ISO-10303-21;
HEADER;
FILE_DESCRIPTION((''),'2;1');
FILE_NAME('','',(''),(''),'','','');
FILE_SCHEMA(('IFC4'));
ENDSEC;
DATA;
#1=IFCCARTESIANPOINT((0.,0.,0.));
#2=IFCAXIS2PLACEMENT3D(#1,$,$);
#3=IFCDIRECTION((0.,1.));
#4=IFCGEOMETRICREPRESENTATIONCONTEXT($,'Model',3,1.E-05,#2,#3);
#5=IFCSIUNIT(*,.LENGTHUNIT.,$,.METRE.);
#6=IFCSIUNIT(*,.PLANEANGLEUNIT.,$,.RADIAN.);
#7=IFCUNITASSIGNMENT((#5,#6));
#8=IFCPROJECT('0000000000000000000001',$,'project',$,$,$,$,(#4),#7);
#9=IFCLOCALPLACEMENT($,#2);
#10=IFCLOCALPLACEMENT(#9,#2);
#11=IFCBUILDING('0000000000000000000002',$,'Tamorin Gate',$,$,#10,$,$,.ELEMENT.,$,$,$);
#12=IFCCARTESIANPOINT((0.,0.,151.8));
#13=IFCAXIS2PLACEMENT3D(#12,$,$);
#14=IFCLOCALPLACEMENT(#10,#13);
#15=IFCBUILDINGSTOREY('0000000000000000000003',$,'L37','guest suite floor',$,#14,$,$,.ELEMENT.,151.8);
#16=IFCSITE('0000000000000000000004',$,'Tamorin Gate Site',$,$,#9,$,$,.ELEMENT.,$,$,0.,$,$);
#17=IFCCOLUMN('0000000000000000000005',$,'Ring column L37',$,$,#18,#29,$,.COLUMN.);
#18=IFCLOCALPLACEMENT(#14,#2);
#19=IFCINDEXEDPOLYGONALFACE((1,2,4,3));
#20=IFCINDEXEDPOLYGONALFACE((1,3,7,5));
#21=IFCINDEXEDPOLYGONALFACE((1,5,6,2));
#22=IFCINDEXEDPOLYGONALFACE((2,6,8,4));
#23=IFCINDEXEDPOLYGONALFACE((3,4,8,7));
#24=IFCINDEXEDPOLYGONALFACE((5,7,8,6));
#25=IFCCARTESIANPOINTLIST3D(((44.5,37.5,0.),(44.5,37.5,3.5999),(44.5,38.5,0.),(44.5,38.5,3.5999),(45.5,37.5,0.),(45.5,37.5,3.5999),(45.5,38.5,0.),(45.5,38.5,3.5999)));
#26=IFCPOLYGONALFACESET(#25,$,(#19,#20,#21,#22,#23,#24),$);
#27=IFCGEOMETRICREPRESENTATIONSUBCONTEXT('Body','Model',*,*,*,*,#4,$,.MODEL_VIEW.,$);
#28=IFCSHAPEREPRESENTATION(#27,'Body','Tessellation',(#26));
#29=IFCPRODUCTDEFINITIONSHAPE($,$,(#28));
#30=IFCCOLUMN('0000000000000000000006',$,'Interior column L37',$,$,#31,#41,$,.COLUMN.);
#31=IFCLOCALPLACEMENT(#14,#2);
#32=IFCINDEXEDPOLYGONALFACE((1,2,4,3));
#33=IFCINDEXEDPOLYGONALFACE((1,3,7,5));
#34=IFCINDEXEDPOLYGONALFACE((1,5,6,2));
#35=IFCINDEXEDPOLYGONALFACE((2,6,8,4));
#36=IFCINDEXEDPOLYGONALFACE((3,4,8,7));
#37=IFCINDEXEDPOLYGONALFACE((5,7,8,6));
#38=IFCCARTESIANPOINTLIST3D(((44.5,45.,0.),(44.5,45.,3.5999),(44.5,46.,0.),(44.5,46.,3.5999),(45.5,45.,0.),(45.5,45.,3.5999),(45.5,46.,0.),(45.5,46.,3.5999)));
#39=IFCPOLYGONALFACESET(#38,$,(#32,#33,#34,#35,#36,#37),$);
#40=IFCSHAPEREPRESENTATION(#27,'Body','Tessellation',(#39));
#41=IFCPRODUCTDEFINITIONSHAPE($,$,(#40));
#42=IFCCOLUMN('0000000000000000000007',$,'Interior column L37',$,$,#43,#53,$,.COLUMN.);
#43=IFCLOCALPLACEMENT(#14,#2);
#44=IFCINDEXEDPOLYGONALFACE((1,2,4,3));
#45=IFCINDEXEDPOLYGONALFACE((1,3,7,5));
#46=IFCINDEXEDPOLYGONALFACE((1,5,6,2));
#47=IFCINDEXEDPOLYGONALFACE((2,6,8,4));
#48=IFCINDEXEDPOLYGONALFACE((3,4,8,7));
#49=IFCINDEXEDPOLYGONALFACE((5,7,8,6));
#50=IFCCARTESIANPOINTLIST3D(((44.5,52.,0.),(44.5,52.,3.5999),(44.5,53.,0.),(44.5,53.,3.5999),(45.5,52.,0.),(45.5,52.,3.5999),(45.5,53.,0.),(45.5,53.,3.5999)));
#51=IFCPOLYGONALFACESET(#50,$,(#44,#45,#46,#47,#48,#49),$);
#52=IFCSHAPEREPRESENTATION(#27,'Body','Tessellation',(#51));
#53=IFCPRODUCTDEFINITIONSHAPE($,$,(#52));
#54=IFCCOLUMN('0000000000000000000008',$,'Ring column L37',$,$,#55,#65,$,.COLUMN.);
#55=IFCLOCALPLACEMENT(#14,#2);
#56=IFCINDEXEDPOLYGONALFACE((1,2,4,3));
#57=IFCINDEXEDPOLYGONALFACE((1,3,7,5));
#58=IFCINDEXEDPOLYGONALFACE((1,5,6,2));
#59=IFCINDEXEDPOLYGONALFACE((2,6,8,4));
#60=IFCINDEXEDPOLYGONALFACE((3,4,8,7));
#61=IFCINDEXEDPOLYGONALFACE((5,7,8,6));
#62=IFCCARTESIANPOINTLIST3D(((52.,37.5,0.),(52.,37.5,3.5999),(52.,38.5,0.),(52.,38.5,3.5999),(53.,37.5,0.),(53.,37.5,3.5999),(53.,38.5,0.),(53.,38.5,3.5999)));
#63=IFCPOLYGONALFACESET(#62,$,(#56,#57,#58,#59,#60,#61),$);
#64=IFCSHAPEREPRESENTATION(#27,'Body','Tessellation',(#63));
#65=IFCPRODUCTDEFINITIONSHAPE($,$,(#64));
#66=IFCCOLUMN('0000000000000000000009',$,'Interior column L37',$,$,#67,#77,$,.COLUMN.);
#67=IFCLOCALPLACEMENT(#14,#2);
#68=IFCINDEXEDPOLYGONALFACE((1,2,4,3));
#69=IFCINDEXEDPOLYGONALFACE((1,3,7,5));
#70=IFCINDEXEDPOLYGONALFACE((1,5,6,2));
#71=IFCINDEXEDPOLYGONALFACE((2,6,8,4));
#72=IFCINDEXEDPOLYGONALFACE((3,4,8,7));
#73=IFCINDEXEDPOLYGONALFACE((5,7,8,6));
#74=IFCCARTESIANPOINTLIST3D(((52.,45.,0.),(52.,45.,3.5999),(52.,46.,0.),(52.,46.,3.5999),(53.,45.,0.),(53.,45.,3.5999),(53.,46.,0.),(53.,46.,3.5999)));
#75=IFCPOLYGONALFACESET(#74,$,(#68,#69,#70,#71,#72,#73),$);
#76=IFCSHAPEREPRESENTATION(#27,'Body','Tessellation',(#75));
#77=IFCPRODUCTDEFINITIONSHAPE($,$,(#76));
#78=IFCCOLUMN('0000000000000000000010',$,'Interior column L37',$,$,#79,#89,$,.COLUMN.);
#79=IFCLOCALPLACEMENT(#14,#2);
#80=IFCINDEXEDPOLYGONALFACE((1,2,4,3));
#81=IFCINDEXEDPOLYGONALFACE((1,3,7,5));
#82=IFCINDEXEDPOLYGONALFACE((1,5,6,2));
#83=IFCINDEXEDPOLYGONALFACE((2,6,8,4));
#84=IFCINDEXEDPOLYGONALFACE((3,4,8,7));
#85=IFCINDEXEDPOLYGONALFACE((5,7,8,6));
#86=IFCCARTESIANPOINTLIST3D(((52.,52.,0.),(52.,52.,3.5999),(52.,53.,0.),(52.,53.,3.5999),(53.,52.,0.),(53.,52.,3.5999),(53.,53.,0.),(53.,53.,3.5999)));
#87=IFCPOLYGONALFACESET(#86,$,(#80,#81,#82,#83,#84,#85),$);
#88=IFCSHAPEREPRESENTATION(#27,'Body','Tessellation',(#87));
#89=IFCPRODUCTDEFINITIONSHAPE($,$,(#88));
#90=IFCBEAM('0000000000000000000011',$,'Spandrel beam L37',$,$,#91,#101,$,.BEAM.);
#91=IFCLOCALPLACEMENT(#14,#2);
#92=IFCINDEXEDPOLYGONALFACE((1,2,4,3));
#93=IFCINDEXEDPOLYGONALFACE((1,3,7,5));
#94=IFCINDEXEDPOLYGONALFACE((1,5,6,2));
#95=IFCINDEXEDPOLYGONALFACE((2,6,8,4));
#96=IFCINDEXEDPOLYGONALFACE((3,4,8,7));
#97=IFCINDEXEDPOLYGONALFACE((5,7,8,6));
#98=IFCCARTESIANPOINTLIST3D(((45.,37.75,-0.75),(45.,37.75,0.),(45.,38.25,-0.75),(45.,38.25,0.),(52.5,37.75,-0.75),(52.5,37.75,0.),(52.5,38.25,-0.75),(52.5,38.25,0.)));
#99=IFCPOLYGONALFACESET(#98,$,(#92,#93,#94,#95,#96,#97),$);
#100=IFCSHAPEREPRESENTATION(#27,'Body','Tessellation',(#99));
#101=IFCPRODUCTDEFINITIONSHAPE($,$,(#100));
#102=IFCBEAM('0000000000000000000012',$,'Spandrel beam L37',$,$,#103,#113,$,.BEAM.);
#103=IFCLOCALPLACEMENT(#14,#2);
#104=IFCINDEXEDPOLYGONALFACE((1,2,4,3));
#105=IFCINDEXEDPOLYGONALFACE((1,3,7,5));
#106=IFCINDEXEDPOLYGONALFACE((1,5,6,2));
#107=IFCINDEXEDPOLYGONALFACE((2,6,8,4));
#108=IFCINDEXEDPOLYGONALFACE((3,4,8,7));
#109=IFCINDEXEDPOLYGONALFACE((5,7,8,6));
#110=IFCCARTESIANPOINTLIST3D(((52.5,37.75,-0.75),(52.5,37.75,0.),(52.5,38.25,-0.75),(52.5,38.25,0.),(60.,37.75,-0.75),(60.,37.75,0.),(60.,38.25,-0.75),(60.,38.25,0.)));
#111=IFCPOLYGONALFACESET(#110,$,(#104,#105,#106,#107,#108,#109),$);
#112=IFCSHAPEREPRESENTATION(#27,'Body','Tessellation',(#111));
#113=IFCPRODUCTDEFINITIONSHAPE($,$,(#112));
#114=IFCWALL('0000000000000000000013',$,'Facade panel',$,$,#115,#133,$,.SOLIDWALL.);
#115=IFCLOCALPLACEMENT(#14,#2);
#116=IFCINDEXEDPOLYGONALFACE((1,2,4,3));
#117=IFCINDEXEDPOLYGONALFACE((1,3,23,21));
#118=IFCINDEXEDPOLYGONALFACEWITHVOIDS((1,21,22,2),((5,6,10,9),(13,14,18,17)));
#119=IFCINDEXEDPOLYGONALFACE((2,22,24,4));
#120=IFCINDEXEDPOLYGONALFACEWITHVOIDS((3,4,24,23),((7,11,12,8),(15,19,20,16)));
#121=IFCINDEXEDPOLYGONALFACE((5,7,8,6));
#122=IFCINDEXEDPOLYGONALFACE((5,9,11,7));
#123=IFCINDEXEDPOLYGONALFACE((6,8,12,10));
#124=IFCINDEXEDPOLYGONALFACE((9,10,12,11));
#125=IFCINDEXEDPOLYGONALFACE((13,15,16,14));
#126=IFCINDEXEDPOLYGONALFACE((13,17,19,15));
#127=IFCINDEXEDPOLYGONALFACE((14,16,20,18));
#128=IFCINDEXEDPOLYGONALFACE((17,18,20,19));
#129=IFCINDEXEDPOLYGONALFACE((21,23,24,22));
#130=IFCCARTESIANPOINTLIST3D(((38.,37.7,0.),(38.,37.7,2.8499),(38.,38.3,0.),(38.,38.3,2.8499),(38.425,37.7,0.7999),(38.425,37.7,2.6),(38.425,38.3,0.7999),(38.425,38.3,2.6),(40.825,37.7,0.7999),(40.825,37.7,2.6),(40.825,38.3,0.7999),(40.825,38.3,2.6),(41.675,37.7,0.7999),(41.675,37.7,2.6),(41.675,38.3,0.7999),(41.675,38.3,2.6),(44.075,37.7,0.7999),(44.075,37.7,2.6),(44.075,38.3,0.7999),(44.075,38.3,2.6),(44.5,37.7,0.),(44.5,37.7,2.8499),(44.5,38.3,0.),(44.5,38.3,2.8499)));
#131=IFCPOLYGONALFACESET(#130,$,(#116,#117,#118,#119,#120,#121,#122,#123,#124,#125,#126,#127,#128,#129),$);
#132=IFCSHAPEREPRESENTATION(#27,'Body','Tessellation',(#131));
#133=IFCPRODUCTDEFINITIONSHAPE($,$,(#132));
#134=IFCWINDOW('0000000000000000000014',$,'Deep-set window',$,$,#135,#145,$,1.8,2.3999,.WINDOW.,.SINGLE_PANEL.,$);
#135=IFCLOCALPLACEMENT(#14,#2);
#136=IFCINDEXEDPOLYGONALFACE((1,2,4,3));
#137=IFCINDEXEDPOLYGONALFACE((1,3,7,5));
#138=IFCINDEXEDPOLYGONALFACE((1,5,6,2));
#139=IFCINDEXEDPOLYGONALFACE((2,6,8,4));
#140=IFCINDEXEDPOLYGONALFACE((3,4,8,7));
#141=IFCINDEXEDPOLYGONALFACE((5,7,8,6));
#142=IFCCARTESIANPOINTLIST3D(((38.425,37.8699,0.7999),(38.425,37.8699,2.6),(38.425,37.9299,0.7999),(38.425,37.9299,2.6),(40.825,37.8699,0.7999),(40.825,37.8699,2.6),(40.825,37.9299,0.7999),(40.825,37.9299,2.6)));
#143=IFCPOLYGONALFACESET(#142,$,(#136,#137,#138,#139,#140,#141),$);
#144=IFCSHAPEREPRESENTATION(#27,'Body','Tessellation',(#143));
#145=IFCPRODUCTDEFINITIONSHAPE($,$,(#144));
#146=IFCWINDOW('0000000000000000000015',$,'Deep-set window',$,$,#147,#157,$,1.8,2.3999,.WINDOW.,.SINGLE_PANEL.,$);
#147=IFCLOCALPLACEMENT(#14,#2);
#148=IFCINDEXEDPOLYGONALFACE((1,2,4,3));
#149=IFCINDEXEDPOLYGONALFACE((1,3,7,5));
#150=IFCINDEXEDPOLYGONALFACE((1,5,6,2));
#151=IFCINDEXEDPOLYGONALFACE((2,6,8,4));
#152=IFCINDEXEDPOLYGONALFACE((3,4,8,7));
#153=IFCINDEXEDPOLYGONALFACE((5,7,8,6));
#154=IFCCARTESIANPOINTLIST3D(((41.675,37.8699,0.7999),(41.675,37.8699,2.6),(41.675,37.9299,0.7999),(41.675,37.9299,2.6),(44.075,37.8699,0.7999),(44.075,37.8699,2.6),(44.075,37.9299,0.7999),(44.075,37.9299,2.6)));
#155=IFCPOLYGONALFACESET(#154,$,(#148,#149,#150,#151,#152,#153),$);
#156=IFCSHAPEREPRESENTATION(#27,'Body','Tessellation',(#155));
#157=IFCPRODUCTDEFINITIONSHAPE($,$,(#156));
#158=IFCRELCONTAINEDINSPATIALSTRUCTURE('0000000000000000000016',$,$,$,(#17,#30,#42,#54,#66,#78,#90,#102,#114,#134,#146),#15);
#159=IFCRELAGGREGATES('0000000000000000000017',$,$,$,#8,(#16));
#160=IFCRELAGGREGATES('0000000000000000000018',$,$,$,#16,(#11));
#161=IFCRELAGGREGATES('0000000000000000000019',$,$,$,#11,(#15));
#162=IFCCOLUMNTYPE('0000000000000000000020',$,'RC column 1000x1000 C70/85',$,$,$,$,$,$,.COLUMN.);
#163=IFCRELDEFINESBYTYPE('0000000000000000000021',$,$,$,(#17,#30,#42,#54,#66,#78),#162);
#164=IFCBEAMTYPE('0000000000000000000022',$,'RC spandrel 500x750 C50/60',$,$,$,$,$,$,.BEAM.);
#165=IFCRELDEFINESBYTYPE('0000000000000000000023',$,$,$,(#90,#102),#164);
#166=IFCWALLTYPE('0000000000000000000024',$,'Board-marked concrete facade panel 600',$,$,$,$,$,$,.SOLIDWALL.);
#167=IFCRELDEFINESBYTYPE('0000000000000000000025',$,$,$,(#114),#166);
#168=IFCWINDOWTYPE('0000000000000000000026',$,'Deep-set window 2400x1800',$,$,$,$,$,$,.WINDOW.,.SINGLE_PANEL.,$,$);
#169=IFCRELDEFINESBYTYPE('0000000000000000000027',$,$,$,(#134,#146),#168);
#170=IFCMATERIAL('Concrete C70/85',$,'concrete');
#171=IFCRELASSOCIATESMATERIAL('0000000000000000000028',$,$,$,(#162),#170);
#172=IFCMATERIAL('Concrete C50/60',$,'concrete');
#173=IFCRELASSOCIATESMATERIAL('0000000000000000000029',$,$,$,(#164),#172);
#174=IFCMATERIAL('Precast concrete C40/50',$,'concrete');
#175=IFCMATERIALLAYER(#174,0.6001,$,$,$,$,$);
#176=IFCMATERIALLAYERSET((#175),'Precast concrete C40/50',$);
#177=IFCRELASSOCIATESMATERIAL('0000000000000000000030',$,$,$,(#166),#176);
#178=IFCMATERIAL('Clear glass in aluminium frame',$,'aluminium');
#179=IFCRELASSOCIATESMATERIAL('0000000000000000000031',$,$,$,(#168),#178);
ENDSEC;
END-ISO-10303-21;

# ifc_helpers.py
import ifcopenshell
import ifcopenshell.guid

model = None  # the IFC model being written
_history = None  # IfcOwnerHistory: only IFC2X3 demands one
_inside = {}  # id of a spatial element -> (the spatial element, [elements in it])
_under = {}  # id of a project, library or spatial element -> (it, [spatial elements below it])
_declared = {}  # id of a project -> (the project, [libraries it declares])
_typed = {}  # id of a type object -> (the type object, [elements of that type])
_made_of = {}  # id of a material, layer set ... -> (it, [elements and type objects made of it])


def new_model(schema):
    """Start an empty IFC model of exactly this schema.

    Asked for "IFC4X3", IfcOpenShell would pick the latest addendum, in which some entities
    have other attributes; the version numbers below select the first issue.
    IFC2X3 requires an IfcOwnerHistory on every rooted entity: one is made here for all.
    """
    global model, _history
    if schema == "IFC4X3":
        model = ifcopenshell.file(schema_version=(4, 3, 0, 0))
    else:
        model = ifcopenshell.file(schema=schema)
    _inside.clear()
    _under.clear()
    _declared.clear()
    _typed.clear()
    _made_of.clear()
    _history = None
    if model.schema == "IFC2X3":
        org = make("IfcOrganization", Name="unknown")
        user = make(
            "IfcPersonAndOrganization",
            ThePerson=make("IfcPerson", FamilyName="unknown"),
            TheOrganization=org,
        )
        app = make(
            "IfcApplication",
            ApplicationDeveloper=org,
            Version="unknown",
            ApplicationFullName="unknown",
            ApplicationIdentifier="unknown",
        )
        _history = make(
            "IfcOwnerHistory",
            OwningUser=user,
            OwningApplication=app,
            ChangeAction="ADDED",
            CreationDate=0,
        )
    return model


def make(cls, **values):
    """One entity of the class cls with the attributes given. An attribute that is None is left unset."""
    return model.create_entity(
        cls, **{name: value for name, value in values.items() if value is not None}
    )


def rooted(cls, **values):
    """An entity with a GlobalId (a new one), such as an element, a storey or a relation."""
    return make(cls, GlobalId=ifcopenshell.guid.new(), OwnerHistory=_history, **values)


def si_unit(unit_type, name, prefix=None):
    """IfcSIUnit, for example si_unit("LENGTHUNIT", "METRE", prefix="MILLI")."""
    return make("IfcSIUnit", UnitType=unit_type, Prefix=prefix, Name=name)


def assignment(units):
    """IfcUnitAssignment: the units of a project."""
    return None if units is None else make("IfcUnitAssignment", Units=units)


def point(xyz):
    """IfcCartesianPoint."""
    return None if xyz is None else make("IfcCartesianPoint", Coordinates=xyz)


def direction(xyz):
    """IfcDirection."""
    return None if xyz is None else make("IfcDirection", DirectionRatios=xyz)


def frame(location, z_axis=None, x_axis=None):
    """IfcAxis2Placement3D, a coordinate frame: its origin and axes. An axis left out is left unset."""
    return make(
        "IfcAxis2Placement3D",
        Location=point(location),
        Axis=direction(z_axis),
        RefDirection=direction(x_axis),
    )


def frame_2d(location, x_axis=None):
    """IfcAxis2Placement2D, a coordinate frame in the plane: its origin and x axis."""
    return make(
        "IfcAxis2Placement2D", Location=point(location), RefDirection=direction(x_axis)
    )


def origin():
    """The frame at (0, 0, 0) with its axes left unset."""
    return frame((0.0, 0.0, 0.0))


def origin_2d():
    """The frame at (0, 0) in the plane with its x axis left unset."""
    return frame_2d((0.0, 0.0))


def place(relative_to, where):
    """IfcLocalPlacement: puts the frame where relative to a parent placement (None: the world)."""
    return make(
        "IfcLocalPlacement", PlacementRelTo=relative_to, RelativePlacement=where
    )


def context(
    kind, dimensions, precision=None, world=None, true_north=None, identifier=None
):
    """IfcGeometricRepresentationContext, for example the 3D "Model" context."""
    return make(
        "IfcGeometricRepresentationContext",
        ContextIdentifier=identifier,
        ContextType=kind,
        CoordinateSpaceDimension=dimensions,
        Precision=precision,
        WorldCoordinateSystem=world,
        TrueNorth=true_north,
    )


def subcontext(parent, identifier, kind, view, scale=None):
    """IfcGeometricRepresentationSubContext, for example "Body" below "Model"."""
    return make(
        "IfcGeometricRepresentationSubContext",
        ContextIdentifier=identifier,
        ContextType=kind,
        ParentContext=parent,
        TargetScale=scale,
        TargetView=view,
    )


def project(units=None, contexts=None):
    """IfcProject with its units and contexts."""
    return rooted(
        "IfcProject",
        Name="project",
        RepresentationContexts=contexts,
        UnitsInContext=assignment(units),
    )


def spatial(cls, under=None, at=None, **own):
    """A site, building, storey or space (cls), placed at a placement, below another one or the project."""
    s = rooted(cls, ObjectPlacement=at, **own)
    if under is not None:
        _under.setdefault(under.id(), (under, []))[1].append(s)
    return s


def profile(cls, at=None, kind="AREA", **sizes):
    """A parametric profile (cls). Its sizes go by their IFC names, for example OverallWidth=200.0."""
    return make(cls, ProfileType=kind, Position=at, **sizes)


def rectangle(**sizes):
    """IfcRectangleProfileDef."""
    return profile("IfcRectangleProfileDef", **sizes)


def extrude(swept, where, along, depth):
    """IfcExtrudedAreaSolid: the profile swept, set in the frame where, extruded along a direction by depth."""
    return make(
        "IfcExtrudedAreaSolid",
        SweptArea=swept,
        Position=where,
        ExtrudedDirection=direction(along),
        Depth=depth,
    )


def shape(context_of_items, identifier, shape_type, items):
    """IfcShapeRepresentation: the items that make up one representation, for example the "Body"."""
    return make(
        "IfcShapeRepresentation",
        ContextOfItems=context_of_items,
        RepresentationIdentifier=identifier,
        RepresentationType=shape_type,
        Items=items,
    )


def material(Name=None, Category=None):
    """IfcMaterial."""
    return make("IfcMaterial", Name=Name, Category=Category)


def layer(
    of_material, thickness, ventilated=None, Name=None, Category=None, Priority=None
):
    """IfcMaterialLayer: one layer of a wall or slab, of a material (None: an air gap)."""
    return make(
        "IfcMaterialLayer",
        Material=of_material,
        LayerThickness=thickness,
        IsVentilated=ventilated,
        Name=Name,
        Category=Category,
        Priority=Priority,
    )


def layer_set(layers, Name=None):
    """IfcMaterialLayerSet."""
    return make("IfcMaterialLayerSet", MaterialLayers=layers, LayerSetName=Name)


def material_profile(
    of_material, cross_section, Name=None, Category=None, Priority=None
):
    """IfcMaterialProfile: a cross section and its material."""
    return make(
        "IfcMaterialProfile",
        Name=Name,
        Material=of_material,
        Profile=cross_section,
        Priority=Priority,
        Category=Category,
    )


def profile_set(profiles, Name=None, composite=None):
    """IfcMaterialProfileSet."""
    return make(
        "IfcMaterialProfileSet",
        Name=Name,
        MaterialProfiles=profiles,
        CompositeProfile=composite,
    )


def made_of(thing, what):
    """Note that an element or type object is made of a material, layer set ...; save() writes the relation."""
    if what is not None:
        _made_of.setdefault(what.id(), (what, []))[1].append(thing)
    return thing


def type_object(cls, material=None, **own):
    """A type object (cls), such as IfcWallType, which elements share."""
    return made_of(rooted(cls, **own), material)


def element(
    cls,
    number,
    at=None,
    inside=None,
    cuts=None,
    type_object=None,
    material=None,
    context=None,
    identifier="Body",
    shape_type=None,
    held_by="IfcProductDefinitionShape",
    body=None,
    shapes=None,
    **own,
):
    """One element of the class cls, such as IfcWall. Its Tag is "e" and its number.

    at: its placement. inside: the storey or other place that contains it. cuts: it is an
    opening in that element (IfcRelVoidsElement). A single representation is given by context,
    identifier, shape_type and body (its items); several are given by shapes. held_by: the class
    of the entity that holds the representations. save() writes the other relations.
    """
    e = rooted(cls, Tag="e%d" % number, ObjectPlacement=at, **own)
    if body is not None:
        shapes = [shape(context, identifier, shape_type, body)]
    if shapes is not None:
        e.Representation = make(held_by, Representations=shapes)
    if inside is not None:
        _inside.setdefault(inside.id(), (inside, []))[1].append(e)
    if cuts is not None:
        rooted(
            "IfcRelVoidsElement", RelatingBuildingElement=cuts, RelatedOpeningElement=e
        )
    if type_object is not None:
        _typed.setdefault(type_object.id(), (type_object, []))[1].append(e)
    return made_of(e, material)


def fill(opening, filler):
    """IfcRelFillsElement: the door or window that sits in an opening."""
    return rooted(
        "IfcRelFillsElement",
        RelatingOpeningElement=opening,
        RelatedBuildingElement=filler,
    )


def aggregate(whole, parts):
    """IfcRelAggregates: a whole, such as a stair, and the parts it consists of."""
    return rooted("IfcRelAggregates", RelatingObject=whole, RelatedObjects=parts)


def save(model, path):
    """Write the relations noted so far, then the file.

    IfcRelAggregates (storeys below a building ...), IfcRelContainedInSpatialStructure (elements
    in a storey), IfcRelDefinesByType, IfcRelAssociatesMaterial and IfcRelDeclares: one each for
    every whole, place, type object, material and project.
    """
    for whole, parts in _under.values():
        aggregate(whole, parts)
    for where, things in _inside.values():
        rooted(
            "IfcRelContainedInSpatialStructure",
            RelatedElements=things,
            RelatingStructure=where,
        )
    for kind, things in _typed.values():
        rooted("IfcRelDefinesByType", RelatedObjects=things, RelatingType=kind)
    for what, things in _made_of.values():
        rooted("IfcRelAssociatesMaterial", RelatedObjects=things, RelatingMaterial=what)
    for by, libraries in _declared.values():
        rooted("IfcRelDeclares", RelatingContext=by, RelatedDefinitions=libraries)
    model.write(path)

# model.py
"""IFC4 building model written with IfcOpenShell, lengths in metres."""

from ifc_helpers import new_model, si_unit, direction, frame, frame_2d, origin, origin_2d, place, context, subcontext, project, spatial, rectangle, extrude, material, layer, layer_set, material_profile, profile_set, type_object, element, fill, save


model = new_model("IFC4")

# Units and contexts
model_context = context("Model", 3, precision=1e-05, world=origin(), true_north=direction((0.0, 1.0)))
body_context = subcontext(model_context, "Body", "Model", "MODEL_VIEW")
ifc_project = project(units=[si_unit("LENGTHUNIT", "METRE"), si_unit("PLANEANGLEUNIT", "RADIAN")], contexts=[model_context])

# Site, building, storey
site_placement = place(None, origin())
site = spatial("IfcSite", under=ifc_project, at=site_placement, Name="Tamorin Gate Site", CompositionType="ELEMENT", RefElevation=0.0)
building_placement = place(site_placement, origin())
building = spatial("IfcBuilding", under=site, at=building_placement, Name="Tamorin Gate", CompositionType="ELEMENT")
storey_placement = place(building_placement, frame((0.0, 0.0, 151.8)))
storey = spatial("IfcBuildingStorey", under=building, at=storey_placement, Name="L37", Description="guest suite floor", CompositionType="ELEMENT", Elevation=151.8)

# Columns
ifc_material_1 = material(Name="Concrete C70/85", Category="concrete")
ifc_material_profile_1 = material_profile(ifc_material_1, rectangle(XDim=1.0, YDim=1.0, at=origin_2d()), Name="RC 1000x1000")
ifc_profile_set_1 = profile_set([ifc_material_profile_1], Name="Concrete C70/85")
column_type = type_object("IfcColumnType", Name="RC column 1000x1000 C70/85", PredefinedType="COLUMN", material=ifc_profile_set_1)
for number, where, z_axis, x_axis, name in (
    (1, (45.0, 38.0, 0.0), (0.0, 0.0, 1.0), (1.0, 0.0, 0.0), "Ring column L37"),
    (2, (45.0, 45.5, 0.0), (0.0, 0.0, 1.0), (1.0, 0.0, 0.0), "Interior column L37"),
    (3, (45.0, 52.5, 0.0), (0.0, 0.0, 1.0), (1.0, 0.0, 0.0), "Interior column L37"),
    (4, (52.5, 38.0, 0.0), (0.0, 0.0, 1.0), (1.0, 0.0, 0.0), "Ring column L37"),
    (5, (52.5, 45.5, 0.0), (0.0, 0.0, 1.0), (1.0, 0.0, 0.0), "Interior column L37"),
    (6, (52.5, 52.5, 0.0), (0.0, 0.0, 1.0), (1.0, 0.0, 0.0), "Interior column L37"),
):
    element("IfcColumn", number, at=place(storey_placement, frame(where, z_axis=z_axis, x_axis=x_axis)), inside=storey, type_object=column_type, Name=name, PredefinedType="COLUMN", context=body_context, shape_type="SweptSolid", body=[
        extrude(rectangle(XDim=1.0, YDim=1.0, at=origin_2d()), origin(), (0.0, 0.0, 1.0), 3.5999),
    ])

# Beams
ifc_material_2 = material(Name="Concrete C50/60", Category="concrete")
ifc_material_profile_2 = material_profile(ifc_material_2, rectangle(XDim=0.5, YDim=0.75, at=origin_2d()), Name="RC 500x750")
ifc_profile_set_2 = profile_set([ifc_material_profile_2], Name="Concrete C50/60")
beam_type = type_object("IfcBeamType", Name="RC spandrel 500x750 C50/60", PredefinedType="BEAM", material=ifc_profile_set_2)
for number, where, z_axis, x_axis, name in (
    (7, (45.0, 38.0, -0.375), (1.0, 0.0, 0.0), (0.0, 1.0, 0.0), "Spandrel beam L37"),
    (8, (52.5, 38.0, -0.375), (1.0, 0.0, 0.0), (0.0, 1.0, 0.0), "Spandrel beam L37"),
):
    element("IfcBeam", number, at=place(storey_placement, frame(where, z_axis=z_axis, x_axis=x_axis)), inside=storey, type_object=beam_type, Name=name, PredefinedType="BEAM", context=body_context, shape_type="SweptSolid", body=[
        extrude(rectangle(XDim=0.5, YDim=0.75, at=origin_2d()), origin(), (0.0, 0.0, 1.0), 7.5),
    ])

# Wall, openings, windows
ifc_material_3 = material(Name="Precast concrete C40/50", Category="concrete")
ifc_layer_1 = layer(ifc_material_3, 0.6001)
ifc_layer_set_1 = layer_set([ifc_layer_1], Name="Precast concrete C40/50")
wall_type_1 = type_object("IfcWallType", Name="Board-marked concrete facade panel 600", PredefinedType="SOLIDWALL", material=ifc_layer_set_1)
wall_1_placement = place(storey_placement, frame((38.0, 38.0, 0.0), z_axis=(0.0, 0.0, 1.0), x_axis=(1.0, 0.0, 0.0)))
wall_1 = element("IfcWall", 9, at=wall_1_placement, inside=storey, type_object=wall_type_1, Name="Facade panel", PredefinedType="SOLIDWALL", context=body_context, shape_type="SweptSolid", body=[
    extrude(rectangle(XDim=6.5, YDim=0.6001, at=frame_2d((3.25, 0.0))), origin(), (0.0, 0.0, 1.0), 2.8499),
])
opening_1_placement = place(wall_1_placement, frame((0.425, 0.0, 0.8)))
opening_1 = element("IfcOpeningElement", 10, at=opening_1_placement, cuts=wall_1, PredefinedType="OPENING", context=body_context, shape_type="SweptSolid", body=[
    extrude(rectangle(XDim=2.3999, YDim=1.8, at=frame_2d((1.2, 0.8999))), frame((0.0, 0.3101, 0.0), z_axis=(0.0, -1.0, 0.0), x_axis=(1.0, 0.0, 0.0)), (0.0, 0.0, 1.0), 0.6201),
])
opening_2_placement = place(wall_1_placement, frame((3.675, 0.0, 0.8)))
opening_2 = element("IfcOpeningElement", 11, at=opening_2_placement, cuts=wall_1, PredefinedType="OPENING", context=body_context, shape_type="SweptSolid", body=[
    extrude(rectangle(XDim=2.3999, YDim=1.8, at=frame_2d((1.2, 0.8999))), frame((0.0, 0.3101, 0.0), z_axis=(0.0, -1.0, 0.0), x_axis=(1.0, 0.0, 0.0)), (0.0, 0.0, 1.0), 0.6201),
])
ifc_material_4 = material(Name="Clear glass in aluminium frame", Category="aluminium")
window_type = type_object("IfcWindowType", Name="Deep-set window 2400x1800", PartitioningType="SINGLE_PANEL", PredefinedType="WINDOW", material=ifc_material_4)
window_1_placement = place(opening_1_placement, origin())
window_1 = element("IfcWindow", 12, at=window_1_placement, inside=storey, type_object=window_type, Name="Deep-set window", OverallHeight=1.8, OverallWidth=2.3999, PartitioningType="SINGLE_PANEL", PredefinedType="WINDOW", context=body_context, shape_type="SweptSolid", body=[
    extrude(rectangle(XDim=2.3999, YDim=1.8, at=frame_2d((1.2, 0.8999))), frame((0.0, -0.0701, 0.0), z_axis=(0.0, -1.0, 0.0), x_axis=(1.0, 0.0, 0.0)), (0.0, 0.0, 1.0), 0.0601),
])
fill(opening_1, window_1)
window_2_placement = place(opening_2_placement, origin())
window_2 = element("IfcWindow", 13, at=window_2_placement, inside=storey, type_object=window_type, Name="Deep-set window", OverallHeight=1.8, OverallWidth=2.3999, PartitioningType="SINGLE_PANEL", PredefinedType="WINDOW", context=body_context, shape_type="SweptSolid", body=[
    extrude(rectangle(XDim=2.3999, YDim=1.8, at=frame_2d((1.2, 0.8999))), frame((0.0, -0.0701, 0.0), z_axis=(0.0, -1.0, 0.0), x_axis=(1.0, 0.0, 0.0)), (0.0, 0.0, 1.0), 0.0601),
])
fill(opening_2, window_2)

save(model, "model.ifc")
